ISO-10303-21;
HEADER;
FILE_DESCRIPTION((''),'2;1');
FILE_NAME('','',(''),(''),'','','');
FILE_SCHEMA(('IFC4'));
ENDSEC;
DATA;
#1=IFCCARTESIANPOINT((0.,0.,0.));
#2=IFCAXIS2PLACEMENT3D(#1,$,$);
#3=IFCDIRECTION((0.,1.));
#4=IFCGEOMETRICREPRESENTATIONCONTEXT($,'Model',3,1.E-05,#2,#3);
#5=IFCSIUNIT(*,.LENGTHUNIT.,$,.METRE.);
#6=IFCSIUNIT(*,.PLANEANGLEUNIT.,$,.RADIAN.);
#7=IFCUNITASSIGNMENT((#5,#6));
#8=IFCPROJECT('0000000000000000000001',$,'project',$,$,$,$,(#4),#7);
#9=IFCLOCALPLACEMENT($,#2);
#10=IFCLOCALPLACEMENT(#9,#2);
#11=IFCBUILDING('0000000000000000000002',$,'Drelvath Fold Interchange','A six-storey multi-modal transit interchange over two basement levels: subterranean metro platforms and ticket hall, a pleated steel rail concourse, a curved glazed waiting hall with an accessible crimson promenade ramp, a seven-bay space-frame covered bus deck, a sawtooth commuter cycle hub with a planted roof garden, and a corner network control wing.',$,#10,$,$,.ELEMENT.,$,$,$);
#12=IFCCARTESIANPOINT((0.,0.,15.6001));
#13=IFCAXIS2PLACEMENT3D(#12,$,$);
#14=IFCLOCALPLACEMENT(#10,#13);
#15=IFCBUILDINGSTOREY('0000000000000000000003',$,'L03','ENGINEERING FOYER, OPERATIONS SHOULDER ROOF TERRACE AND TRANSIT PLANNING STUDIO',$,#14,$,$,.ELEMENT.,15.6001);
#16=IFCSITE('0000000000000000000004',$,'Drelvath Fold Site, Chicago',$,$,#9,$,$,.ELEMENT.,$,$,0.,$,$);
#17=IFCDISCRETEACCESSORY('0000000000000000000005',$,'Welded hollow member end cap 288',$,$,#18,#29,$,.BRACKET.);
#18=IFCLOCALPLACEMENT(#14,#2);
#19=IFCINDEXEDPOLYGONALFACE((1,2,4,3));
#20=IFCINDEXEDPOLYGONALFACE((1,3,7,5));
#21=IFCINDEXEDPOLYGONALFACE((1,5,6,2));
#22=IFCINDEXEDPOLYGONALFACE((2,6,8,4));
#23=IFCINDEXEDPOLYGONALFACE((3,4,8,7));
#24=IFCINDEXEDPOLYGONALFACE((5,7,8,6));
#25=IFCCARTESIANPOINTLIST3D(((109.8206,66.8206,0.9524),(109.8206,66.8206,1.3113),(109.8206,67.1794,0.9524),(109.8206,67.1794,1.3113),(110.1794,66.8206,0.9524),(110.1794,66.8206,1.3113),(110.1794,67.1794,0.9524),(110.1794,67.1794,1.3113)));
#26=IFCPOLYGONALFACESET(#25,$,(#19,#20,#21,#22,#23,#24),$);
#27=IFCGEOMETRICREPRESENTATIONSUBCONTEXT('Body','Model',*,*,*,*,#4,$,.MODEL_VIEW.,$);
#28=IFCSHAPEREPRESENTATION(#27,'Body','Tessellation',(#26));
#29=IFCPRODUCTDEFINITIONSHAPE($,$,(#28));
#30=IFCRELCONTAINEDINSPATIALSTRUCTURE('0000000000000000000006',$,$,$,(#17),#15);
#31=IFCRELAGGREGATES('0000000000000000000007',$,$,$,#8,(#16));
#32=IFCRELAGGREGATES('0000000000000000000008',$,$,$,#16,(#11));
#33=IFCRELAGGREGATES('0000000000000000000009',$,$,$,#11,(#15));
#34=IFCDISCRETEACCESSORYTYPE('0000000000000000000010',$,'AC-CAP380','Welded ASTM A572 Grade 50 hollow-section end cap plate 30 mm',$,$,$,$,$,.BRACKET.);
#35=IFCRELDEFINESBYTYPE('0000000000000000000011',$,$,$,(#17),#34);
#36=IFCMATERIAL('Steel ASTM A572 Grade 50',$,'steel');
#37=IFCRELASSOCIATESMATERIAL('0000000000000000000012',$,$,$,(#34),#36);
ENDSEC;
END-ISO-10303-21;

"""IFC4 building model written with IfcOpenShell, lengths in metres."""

from ifc_helpers import new_model, si_unit, direction, frame, origin, origin_2d, place, context, subcontext, project, spatial, rectangle, extrude, material, type_object, element, save


model = new_model("IFC4")

# Units and contexts
model_context = context("Model", 3, precision=1e-05, world=origin(), true_north=direction((0.0, 1.0)))
body_context = subcontext(model_context, "Body", "Model", "MODEL_VIEW")
ifc_project = project(units=[si_unit("LENGTHUNIT", "METRE"), si_unit("PLANEANGLEUNIT", "RADIAN")], contexts=[model_context])

# Site, building, storey
site_placement = place(None, origin())
site = spatial("IfcSite", under=ifc_project, at=site_placement, Name="Drelvath Fold Site, Chicago", CompositionType="ELEMENT", RefElevation=0.0)
building_placement = place(site_placement, origin())
building = spatial("IfcBuilding", under=site, at=building_placement, Name="Drelvath Fold Interchange", Description="A six-storey multi-modal transit interchange over two basement levels: subterranean metro platforms and ticket hall, a pleated steel rail concourse, a curved glazed waiting hall with an accessible crimson promenade ramp, a seven-bay space-frame covered bus deck, a sawtooth commuter cycle hub with a planted roof garden, and a corner network control wing.", CompositionType="ELEMENT")
storey_placement = place(building_placement, frame((0.0, 0.0, 15.6001)))
storey = spatial("IfcBuildingStorey", under=building, at=storey_placement, Name="L03", Description="ENGINEERING FOYER, OPERATIONS SHOULDER ROOF TERRACE AND TRANSIT PLANNING STUDIO", CompositionType="ELEMENT", Elevation=15.6001)

# Shared definitions
ifc_material_1 = material(Name="Steel ASTM A572 Grade 50", Category="steel")

# Discrete accessory
discrete_accessory_type = type_object("IfcDiscreteAccessoryType", Name="AC-CAP380", Description="Welded ASTM A572 Grade 50 hollow-section end cap plate 30 mm", PredefinedType="BRACKET", material=ifc_material_1)
discrete_accessory_1_placement = place(storey_placement, frame((110.0, 67.0, 0.9524), z_axis=(0.0, 0.0, 1.0), x_axis=(1.0, 0.0, 0.0)))
element("IfcDiscreteAccessory", 1, at=discrete_accessory_1_placement, inside=storey, type_object=discrete_accessory_type, Name="Welded hollow member end cap 288", PredefinedType="BRACKET", context=body_context, shape_type="SweptSolid", body=[
    extrude(rectangle(XDim=0.3589, YDim=0.3589, at=origin_2d()), origin(), (0.0, 0.0, 1.0), 0.3589),
])

save(model, "model.ifc")
